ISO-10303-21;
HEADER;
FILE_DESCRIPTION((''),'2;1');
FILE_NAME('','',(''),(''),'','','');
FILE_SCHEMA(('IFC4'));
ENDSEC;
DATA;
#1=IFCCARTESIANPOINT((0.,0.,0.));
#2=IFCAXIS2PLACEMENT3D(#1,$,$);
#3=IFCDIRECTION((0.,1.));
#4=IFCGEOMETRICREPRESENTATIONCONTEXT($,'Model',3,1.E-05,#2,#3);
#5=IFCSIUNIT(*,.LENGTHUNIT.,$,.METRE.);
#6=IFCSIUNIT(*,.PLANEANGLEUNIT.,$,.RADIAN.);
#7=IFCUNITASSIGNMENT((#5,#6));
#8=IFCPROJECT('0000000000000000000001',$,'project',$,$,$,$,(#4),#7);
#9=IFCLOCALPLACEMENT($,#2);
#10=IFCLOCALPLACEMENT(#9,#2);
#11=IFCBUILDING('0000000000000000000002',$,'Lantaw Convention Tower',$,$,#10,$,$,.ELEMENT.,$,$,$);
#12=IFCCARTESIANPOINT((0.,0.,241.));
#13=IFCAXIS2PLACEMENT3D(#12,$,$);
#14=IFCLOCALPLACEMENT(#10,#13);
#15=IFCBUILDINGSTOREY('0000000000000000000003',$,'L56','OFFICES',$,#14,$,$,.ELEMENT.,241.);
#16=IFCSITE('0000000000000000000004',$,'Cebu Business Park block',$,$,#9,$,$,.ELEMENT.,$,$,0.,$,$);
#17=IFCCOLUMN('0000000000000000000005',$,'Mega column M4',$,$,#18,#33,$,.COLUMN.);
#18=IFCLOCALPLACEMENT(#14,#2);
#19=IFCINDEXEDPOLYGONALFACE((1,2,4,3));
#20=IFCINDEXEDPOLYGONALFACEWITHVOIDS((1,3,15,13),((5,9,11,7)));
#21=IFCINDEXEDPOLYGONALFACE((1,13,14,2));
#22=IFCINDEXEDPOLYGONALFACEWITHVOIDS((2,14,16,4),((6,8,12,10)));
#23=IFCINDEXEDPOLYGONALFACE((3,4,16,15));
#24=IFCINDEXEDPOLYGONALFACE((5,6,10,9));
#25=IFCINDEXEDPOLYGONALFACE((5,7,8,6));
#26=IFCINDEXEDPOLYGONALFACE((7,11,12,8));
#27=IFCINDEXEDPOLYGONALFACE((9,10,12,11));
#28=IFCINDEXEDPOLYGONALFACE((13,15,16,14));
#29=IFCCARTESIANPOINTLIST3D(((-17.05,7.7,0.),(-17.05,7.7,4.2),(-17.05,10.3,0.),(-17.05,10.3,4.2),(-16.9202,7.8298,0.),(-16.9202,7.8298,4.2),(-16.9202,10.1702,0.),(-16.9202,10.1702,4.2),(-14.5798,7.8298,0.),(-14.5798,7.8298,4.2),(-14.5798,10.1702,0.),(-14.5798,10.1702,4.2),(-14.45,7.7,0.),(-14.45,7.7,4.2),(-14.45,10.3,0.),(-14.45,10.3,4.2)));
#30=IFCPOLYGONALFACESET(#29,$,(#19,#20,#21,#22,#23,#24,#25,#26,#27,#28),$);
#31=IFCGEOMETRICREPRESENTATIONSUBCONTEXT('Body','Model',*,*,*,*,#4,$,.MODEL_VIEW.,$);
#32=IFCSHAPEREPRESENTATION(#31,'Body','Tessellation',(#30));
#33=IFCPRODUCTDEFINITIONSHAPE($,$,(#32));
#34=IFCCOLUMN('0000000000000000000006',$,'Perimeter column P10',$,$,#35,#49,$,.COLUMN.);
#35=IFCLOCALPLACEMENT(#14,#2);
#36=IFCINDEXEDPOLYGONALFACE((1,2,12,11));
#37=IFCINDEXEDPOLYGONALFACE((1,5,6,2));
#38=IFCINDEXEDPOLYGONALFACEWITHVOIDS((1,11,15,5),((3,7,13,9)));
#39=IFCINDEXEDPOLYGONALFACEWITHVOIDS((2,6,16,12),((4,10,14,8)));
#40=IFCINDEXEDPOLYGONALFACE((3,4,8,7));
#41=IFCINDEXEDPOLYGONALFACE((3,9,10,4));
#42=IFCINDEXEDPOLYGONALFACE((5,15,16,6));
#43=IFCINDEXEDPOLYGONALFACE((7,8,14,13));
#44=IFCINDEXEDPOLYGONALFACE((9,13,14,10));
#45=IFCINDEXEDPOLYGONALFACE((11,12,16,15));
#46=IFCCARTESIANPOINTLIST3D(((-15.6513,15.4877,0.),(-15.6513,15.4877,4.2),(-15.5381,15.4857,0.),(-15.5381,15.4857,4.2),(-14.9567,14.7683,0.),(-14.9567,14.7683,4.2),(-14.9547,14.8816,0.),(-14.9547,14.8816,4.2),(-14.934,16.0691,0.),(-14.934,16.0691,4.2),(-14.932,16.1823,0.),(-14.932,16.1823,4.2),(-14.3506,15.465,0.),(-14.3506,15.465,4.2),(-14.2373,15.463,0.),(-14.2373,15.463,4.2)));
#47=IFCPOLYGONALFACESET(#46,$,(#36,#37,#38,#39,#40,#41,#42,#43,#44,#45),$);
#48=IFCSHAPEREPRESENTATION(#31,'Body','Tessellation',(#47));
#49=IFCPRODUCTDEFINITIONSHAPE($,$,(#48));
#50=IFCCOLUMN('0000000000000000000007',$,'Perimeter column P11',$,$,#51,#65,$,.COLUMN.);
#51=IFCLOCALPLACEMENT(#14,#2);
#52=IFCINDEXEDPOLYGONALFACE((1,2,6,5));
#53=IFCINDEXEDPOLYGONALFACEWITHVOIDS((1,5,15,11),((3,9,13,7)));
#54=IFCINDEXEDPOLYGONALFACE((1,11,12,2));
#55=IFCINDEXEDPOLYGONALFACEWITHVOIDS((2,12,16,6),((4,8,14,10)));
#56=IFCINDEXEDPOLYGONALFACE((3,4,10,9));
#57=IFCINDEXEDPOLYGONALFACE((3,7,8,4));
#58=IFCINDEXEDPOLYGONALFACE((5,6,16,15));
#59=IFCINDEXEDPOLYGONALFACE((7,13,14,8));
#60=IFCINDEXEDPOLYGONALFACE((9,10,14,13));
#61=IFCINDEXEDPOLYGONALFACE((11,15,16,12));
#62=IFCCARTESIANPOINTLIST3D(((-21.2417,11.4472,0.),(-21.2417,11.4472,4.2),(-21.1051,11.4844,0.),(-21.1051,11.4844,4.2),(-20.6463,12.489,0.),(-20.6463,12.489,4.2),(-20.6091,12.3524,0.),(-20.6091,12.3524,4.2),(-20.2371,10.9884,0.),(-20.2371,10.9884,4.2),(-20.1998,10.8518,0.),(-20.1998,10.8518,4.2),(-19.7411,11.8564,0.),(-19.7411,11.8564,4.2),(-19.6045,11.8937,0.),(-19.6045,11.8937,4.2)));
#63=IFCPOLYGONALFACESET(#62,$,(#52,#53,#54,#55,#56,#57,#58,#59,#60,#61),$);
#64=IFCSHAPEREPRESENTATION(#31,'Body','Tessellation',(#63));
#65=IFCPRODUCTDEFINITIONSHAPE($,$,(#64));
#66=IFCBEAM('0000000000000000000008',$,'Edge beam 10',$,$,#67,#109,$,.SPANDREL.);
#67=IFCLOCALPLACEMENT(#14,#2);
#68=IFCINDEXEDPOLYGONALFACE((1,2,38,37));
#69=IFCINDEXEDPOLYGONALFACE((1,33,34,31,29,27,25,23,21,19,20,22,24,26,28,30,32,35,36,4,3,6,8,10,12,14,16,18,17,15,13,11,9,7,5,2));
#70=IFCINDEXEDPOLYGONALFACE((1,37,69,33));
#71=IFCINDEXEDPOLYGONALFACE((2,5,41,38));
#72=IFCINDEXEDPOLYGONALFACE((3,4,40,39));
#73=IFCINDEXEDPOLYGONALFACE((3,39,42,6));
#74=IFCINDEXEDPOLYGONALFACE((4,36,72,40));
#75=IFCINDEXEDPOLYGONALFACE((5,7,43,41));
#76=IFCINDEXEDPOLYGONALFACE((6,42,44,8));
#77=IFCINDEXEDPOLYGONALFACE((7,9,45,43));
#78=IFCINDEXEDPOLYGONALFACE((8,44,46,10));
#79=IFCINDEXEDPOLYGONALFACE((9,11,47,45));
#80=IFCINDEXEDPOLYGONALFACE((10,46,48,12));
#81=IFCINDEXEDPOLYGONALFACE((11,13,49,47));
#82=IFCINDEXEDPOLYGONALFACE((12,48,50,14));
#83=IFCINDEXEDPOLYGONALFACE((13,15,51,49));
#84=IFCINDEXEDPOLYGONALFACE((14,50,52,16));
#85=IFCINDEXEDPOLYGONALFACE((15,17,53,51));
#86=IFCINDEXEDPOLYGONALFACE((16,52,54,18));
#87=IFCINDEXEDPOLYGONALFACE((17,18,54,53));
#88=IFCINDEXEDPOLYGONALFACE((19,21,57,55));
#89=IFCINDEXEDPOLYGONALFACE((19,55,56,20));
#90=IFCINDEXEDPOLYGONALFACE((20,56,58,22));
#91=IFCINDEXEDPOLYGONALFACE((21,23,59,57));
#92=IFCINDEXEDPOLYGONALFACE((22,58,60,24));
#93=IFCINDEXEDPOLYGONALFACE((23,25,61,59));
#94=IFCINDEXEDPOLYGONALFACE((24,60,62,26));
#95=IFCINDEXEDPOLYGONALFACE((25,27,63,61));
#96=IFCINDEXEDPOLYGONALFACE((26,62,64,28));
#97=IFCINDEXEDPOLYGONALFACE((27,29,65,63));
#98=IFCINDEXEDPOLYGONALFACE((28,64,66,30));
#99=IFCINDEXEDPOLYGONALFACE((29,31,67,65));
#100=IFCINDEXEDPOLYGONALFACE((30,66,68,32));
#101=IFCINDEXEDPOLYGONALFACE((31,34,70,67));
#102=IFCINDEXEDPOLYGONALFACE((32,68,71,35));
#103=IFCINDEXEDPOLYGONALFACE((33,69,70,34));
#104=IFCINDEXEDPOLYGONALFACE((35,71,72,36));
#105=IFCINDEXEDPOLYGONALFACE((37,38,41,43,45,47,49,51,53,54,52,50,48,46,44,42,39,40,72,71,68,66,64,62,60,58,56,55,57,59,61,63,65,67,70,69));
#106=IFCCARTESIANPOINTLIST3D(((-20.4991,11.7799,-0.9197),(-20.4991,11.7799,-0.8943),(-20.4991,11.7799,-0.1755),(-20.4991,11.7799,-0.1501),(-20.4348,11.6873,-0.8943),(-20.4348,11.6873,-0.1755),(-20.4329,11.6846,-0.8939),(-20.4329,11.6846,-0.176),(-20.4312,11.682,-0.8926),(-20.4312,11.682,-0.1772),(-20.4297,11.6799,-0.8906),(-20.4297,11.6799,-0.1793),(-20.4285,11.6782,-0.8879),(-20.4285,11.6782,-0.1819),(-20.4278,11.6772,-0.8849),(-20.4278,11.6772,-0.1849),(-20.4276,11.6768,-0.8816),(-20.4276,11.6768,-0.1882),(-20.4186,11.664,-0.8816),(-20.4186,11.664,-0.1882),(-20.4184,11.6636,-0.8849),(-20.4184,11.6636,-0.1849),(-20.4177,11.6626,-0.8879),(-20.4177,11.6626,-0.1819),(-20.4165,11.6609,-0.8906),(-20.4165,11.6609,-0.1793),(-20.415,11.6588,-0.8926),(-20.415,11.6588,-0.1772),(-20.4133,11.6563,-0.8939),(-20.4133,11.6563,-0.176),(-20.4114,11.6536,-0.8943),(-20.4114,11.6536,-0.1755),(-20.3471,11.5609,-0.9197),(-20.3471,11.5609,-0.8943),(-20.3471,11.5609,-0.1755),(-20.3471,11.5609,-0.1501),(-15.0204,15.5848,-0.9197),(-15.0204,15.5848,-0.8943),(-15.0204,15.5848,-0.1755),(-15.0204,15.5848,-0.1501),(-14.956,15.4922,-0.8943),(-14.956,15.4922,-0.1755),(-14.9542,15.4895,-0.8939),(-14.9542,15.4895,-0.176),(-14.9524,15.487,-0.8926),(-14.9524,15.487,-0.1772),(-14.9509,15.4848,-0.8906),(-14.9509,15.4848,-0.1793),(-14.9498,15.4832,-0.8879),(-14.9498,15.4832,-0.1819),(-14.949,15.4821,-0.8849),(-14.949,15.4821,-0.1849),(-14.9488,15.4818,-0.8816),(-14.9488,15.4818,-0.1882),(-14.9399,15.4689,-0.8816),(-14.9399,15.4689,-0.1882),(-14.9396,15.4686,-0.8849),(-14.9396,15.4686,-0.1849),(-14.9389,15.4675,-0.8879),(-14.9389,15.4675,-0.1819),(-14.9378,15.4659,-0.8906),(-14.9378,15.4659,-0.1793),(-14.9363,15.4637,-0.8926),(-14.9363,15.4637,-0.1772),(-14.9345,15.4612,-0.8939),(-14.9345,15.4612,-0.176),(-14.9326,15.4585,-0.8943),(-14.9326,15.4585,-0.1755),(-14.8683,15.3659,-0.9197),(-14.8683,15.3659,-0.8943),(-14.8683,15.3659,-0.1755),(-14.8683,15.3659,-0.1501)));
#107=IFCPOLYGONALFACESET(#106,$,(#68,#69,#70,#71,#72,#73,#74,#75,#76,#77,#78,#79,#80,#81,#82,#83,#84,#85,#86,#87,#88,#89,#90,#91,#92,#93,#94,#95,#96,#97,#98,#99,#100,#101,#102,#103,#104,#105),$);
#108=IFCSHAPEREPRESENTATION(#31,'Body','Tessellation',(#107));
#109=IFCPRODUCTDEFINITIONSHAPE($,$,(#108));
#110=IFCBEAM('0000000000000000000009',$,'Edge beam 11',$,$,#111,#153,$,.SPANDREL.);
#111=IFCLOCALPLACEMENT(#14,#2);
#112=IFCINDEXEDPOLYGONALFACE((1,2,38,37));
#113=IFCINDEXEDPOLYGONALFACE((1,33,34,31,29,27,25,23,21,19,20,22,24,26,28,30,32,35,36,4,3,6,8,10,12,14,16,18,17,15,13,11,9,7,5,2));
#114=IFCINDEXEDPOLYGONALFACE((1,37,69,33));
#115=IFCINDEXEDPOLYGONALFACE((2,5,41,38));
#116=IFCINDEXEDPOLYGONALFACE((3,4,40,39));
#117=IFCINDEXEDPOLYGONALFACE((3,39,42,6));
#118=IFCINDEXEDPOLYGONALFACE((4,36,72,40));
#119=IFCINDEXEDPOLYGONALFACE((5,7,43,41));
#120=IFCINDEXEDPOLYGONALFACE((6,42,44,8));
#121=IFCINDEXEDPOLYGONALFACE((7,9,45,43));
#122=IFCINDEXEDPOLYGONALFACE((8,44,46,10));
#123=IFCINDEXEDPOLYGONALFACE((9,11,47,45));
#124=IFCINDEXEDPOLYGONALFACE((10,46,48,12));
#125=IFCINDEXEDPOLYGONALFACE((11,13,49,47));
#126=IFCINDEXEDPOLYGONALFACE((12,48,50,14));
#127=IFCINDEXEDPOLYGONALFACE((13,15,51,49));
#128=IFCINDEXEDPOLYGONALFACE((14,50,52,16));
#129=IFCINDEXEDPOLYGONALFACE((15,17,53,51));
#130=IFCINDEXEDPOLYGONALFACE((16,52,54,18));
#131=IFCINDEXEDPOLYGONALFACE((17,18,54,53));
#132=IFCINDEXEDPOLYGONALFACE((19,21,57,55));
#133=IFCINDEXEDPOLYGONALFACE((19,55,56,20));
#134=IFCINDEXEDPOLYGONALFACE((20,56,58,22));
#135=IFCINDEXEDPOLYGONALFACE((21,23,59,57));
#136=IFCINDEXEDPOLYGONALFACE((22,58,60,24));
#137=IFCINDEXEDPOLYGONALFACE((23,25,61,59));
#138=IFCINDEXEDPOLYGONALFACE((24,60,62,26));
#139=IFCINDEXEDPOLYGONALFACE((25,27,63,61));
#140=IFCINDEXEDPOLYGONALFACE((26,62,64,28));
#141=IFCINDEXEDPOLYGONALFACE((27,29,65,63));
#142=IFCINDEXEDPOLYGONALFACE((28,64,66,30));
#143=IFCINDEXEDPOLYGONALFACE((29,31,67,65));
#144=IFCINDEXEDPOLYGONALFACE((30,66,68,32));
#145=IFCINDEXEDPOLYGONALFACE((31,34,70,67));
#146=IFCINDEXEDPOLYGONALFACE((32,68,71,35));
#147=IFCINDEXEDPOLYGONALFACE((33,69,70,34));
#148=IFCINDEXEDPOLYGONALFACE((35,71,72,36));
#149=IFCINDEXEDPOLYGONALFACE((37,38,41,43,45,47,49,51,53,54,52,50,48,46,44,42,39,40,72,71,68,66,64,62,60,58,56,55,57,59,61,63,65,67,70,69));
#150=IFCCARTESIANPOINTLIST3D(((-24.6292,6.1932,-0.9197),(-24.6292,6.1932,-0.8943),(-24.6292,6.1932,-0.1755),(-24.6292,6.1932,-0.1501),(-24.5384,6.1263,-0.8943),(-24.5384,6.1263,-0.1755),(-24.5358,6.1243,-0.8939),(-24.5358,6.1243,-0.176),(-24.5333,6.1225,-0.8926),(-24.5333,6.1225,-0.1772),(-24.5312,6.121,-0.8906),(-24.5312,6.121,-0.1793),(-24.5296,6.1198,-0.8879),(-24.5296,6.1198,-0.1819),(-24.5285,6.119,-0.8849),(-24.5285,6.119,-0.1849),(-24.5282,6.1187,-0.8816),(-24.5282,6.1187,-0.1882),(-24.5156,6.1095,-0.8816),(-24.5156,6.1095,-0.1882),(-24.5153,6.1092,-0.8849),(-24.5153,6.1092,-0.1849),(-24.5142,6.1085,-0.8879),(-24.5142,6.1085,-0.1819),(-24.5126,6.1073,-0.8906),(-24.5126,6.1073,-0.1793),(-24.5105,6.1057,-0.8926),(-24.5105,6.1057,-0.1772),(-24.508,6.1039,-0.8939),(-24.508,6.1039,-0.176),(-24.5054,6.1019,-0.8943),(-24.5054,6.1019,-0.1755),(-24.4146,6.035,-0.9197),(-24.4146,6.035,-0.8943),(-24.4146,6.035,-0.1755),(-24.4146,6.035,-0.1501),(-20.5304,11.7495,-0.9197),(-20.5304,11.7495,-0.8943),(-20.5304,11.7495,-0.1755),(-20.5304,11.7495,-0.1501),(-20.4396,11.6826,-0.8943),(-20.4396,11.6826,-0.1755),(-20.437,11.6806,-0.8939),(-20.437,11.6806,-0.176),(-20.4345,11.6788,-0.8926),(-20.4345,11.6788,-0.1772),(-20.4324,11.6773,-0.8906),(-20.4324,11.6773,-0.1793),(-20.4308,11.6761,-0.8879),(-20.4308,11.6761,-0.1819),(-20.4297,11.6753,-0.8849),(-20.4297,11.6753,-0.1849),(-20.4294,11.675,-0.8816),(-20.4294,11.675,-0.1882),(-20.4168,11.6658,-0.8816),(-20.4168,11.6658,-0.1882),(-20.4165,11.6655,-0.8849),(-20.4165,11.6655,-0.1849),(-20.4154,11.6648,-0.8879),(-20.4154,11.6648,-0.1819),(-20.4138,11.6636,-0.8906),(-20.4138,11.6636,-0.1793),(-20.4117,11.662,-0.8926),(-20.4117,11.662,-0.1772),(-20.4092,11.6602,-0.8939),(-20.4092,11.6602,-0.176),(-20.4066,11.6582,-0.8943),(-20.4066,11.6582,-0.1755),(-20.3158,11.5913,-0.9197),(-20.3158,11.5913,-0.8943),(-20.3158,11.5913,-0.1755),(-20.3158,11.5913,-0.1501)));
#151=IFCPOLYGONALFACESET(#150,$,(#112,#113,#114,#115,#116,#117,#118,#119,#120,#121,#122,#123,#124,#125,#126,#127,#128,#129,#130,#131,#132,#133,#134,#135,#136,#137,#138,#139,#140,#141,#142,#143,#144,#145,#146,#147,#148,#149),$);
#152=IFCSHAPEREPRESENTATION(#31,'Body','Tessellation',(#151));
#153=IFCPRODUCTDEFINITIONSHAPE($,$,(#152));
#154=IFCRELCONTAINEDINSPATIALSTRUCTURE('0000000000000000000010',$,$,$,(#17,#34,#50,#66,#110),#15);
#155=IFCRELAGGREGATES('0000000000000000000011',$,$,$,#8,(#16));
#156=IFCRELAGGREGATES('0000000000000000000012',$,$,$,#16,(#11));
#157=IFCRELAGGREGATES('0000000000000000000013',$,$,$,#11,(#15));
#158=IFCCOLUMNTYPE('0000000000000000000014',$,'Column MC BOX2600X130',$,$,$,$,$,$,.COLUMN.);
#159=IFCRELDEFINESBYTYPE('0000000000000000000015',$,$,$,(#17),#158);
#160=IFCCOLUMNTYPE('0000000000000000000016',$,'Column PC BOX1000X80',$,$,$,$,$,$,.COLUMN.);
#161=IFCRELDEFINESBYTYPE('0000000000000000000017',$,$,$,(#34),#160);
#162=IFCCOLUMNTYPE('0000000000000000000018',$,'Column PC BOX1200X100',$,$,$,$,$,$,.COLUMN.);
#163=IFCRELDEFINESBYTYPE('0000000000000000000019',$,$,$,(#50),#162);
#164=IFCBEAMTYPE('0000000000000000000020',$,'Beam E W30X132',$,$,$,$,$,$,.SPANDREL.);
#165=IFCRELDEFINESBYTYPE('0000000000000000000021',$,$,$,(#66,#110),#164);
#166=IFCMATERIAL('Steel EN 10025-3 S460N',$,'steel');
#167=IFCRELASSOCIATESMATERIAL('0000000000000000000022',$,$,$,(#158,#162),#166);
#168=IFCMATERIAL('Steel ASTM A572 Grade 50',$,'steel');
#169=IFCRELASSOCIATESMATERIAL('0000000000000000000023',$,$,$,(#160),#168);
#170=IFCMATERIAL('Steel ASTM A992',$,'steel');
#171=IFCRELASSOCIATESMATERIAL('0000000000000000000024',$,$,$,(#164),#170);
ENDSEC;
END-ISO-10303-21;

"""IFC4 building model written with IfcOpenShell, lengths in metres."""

from ifc_helpers import new_model, si_unit, direction, frame, origin, origin_2d, place, context, subcontext, project, spatial, rectangle, hollow_rectangle, i_section, extrude, material, material_profile, profile_set, type_object, element, save


model = new_model("IFC4")

# Units and contexts
model_context = context("Model", 3, precision=1e-05, world=origin(), true_north=direction((0.0, 1.0)))
body_context = subcontext(model_context, "Body", "Model", "MODEL_VIEW")
ifc_project = project(units=[si_unit("LENGTHUNIT", "METRE"), si_unit("PLANEANGLEUNIT", "RADIAN")], contexts=[model_context])

# Site, building, storey
site_placement = place(None, origin())
site = spatial("IfcSite", under=ifc_project, at=site_placement, Name="Cebu Business Park block", CompositionType="ELEMENT", RefElevation=0.0)
building_placement = place(site_placement, origin())
building = spatial("IfcBuilding", under=site, at=building_placement, Name="Lantaw Convention Tower", CompositionType="ELEMENT")
storey_placement = place(building_placement, frame((0.0, 0.0, 241.0)))
storey = spatial("IfcBuildingStorey", under=building, at=storey_placement, Name="L56", Description="OFFICES", CompositionType="ELEMENT", Elevation=241.0)

# Columns
ifc_material_1 = material(Name="Steel EN 10025-3 S460N", Category="steel")
ifc_material_profile_1 = material_profile(ifc_material_1, hollow_rectangle(XDim=2.6001, YDim=2.6001, WallThickness=0.1299, at=origin_2d()), Name="BOX2600X130")
ifc_material_2 = material(Name="Concrete C60/75", Category="concrete")
ifc_material_profile_2 = material_profile(ifc_material_2, rectangle(XDim=2.3401, YDim=2.3401, at=origin_2d()), Name="Concrete fill of BOX2600X130")
ifc_profile_set_1 = profile_set([ifc_material_profile_1, ifc_material_profile_2], Name="Steel EN 10025-3 S460N")
column_type_1 = type_object("IfcColumnType", Name="Column MC BOX2600X130", PredefinedType="COLUMN", material=ifc_profile_set_1)
column_1_placement = place(storey_placement, frame((-15.75, 9.0, 0.0), z_axis=(0.0, 0.0, 1.0), x_axis=(1.0, 0.0, 0.0)))
element("IfcColumn", 1, at=column_1_placement, inside=storey, type_object=column_type_1, Name="Mega column M4", PredefinedType="COLUMN", context=body_context, shape_type="SweptSolid", body=[
    extrude(hollow_rectangle(XDim=2.6001, YDim=2.6001, WallThickness=0.1299, at=origin_2d()), origin(), (0.0, 0.0, 1.0), 4.2),
])
ifc_material_3 = material(Name="Steel ASTM A572 Grade 50", Category="steel")
ifc_material_profile_3 = material_profile(ifc_material_3, hollow_rectangle(XDim=1.0, YDim=1.0, WallThickness=0.0801, at=origin_2d()), Name="BOX1000X80")
ifc_material_profile_4 = material_profile(ifc_material_2, rectangle(XDim=0.8401, YDim=0.8401, at=origin_2d()), Name="Concrete fill of BOX1000X80")
ifc_profile_set_2 = profile_set([ifc_material_profile_3, ifc_material_profile_4], Name="Steel ASTM A572 Grade 50")
column_type_2 = type_object("IfcColumnType", Name="Column PC BOX1000X80", PredefinedType="COLUMN", material=ifc_profile_set_2)
column_2_placement = place(storey_placement, frame((-14.9443, 15.4753, 0.0), z_axis=(0.0, 0.0, 1.0), x_axis=(0.71934, 0.694658, 0.0)))
element("IfcColumn", 2, at=column_2_placement, inside=storey, type_object=column_type_2, Name="Perimeter column P10", PredefinedType="COLUMN", context=body_context, shape_type="SweptSolid", body=[
    extrude(hollow_rectangle(XDim=1.0, YDim=1.0, WallThickness=0.0801, at=origin_2d()), origin(), (0.0, 0.0, 1.0), 4.2),
])
ifc_material_profile_5 = material_profile(ifc_material_1, hollow_rectangle(XDim=1.2, YDim=1.2, WallThickness=0.1001, at=origin_2d()), Name="BOX1200X100")
ifc_material_profile_6 = material_profile(ifc_material_2, rectangle(XDim=1.0, YDim=1.0, at=origin_2d()), Name="Concrete fill of BOX1200X100")
ifc_profile_set_3 = profile_set([ifc_material_profile_5, ifc_material_profile_6], Name="Steel EN 10025-3 S460N")
column_type_3 = type_object("IfcColumnType", Name="Column PC BOX1200X100", PredefinedType="COLUMN", material=ifc_profile_set_3)
column_3_placement = place(storey_placement, frame((-20.4231, 11.6704, 0.0), z_axis=(0.0, 0.0, 1.0), x_axis=(0.496139, 0.868243, 0.0)))
element("IfcColumn", 3, at=column_3_placement, inside=storey, type_object=column_type_3, Name="Perimeter column P11", PredefinedType="COLUMN", context=body_context, shape_type="SweptSolid", body=[
    extrude(hollow_rectangle(XDim=1.2, YDim=1.2, WallThickness=0.1001, at=origin_2d()), origin(), (0.0, 0.0, 1.0), 4.2),
])

# Beams
ifc_material_4 = material(Name="Steel ASTM A992", Category="steel")
ifc_material_profile_7 = material_profile(ifc_material_4, i_section(OverallWidth=0.2666, OverallDepth=0.7695, WebThickness=0.0156, FlangeThickness=0.0254, FilletRadius=0.0127, at=origin_2d()), Name="W30X132")
ifc_profile_set_4 = profile_set([ifc_material_profile_7], Name="Steel ASTM A992")
beam_type_1 = type_object("IfcBeamType", Name="Beam E W30X132", PredefinedType="SPANDREL", material=ifc_profile_set_4)
beam_1_placement = place(storey_placement, frame((-14.9443, 15.4753, -0.5349), z_axis=(-0.821353, -0.57042, 0.0), x_axis=(0.57042, -0.821353, 0.0)))
element("IfcBeam", 4, at=beam_1_placement, inside=storey, type_object=beam_type_1, Name="Edge beam 10", PredefinedType="SPANDREL", context=body_context, shape_type="SweptSolid", body=[
    extrude(i_section(OverallWidth=0.2666, OverallDepth=0.7695, WebThickness=0.0156, FlangeThickness=0.0254, FilletRadius=0.0127, at=origin_2d()), origin(), (0.0, 0.0, 1.0), 6.6704),
])
beam_2_placement = place(storey_placement, frame((-20.4231, 11.6704, -0.5349), z_axis=(-0.593639, -0.804731, 0.0), x_axis=(0.804731, -0.593639, 0.0)))
element("IfcBeam", 5, at=beam_2_placement, inside=storey, type_object=beam_type_1, Name="Edge beam 11", PredefinedType="SPANDREL", context=body_context, shape_type="SweptSolid", body=[
    extrude(i_section(OverallWidth=0.2666, OverallDepth=0.7695, WebThickness=0.0156, FlangeThickness=0.0254, FilletRadius=0.0127, at=origin_2d()), origin(), (0.0, 0.0, 1.0), 6.9045),
])

save(model, "model.ifc")
